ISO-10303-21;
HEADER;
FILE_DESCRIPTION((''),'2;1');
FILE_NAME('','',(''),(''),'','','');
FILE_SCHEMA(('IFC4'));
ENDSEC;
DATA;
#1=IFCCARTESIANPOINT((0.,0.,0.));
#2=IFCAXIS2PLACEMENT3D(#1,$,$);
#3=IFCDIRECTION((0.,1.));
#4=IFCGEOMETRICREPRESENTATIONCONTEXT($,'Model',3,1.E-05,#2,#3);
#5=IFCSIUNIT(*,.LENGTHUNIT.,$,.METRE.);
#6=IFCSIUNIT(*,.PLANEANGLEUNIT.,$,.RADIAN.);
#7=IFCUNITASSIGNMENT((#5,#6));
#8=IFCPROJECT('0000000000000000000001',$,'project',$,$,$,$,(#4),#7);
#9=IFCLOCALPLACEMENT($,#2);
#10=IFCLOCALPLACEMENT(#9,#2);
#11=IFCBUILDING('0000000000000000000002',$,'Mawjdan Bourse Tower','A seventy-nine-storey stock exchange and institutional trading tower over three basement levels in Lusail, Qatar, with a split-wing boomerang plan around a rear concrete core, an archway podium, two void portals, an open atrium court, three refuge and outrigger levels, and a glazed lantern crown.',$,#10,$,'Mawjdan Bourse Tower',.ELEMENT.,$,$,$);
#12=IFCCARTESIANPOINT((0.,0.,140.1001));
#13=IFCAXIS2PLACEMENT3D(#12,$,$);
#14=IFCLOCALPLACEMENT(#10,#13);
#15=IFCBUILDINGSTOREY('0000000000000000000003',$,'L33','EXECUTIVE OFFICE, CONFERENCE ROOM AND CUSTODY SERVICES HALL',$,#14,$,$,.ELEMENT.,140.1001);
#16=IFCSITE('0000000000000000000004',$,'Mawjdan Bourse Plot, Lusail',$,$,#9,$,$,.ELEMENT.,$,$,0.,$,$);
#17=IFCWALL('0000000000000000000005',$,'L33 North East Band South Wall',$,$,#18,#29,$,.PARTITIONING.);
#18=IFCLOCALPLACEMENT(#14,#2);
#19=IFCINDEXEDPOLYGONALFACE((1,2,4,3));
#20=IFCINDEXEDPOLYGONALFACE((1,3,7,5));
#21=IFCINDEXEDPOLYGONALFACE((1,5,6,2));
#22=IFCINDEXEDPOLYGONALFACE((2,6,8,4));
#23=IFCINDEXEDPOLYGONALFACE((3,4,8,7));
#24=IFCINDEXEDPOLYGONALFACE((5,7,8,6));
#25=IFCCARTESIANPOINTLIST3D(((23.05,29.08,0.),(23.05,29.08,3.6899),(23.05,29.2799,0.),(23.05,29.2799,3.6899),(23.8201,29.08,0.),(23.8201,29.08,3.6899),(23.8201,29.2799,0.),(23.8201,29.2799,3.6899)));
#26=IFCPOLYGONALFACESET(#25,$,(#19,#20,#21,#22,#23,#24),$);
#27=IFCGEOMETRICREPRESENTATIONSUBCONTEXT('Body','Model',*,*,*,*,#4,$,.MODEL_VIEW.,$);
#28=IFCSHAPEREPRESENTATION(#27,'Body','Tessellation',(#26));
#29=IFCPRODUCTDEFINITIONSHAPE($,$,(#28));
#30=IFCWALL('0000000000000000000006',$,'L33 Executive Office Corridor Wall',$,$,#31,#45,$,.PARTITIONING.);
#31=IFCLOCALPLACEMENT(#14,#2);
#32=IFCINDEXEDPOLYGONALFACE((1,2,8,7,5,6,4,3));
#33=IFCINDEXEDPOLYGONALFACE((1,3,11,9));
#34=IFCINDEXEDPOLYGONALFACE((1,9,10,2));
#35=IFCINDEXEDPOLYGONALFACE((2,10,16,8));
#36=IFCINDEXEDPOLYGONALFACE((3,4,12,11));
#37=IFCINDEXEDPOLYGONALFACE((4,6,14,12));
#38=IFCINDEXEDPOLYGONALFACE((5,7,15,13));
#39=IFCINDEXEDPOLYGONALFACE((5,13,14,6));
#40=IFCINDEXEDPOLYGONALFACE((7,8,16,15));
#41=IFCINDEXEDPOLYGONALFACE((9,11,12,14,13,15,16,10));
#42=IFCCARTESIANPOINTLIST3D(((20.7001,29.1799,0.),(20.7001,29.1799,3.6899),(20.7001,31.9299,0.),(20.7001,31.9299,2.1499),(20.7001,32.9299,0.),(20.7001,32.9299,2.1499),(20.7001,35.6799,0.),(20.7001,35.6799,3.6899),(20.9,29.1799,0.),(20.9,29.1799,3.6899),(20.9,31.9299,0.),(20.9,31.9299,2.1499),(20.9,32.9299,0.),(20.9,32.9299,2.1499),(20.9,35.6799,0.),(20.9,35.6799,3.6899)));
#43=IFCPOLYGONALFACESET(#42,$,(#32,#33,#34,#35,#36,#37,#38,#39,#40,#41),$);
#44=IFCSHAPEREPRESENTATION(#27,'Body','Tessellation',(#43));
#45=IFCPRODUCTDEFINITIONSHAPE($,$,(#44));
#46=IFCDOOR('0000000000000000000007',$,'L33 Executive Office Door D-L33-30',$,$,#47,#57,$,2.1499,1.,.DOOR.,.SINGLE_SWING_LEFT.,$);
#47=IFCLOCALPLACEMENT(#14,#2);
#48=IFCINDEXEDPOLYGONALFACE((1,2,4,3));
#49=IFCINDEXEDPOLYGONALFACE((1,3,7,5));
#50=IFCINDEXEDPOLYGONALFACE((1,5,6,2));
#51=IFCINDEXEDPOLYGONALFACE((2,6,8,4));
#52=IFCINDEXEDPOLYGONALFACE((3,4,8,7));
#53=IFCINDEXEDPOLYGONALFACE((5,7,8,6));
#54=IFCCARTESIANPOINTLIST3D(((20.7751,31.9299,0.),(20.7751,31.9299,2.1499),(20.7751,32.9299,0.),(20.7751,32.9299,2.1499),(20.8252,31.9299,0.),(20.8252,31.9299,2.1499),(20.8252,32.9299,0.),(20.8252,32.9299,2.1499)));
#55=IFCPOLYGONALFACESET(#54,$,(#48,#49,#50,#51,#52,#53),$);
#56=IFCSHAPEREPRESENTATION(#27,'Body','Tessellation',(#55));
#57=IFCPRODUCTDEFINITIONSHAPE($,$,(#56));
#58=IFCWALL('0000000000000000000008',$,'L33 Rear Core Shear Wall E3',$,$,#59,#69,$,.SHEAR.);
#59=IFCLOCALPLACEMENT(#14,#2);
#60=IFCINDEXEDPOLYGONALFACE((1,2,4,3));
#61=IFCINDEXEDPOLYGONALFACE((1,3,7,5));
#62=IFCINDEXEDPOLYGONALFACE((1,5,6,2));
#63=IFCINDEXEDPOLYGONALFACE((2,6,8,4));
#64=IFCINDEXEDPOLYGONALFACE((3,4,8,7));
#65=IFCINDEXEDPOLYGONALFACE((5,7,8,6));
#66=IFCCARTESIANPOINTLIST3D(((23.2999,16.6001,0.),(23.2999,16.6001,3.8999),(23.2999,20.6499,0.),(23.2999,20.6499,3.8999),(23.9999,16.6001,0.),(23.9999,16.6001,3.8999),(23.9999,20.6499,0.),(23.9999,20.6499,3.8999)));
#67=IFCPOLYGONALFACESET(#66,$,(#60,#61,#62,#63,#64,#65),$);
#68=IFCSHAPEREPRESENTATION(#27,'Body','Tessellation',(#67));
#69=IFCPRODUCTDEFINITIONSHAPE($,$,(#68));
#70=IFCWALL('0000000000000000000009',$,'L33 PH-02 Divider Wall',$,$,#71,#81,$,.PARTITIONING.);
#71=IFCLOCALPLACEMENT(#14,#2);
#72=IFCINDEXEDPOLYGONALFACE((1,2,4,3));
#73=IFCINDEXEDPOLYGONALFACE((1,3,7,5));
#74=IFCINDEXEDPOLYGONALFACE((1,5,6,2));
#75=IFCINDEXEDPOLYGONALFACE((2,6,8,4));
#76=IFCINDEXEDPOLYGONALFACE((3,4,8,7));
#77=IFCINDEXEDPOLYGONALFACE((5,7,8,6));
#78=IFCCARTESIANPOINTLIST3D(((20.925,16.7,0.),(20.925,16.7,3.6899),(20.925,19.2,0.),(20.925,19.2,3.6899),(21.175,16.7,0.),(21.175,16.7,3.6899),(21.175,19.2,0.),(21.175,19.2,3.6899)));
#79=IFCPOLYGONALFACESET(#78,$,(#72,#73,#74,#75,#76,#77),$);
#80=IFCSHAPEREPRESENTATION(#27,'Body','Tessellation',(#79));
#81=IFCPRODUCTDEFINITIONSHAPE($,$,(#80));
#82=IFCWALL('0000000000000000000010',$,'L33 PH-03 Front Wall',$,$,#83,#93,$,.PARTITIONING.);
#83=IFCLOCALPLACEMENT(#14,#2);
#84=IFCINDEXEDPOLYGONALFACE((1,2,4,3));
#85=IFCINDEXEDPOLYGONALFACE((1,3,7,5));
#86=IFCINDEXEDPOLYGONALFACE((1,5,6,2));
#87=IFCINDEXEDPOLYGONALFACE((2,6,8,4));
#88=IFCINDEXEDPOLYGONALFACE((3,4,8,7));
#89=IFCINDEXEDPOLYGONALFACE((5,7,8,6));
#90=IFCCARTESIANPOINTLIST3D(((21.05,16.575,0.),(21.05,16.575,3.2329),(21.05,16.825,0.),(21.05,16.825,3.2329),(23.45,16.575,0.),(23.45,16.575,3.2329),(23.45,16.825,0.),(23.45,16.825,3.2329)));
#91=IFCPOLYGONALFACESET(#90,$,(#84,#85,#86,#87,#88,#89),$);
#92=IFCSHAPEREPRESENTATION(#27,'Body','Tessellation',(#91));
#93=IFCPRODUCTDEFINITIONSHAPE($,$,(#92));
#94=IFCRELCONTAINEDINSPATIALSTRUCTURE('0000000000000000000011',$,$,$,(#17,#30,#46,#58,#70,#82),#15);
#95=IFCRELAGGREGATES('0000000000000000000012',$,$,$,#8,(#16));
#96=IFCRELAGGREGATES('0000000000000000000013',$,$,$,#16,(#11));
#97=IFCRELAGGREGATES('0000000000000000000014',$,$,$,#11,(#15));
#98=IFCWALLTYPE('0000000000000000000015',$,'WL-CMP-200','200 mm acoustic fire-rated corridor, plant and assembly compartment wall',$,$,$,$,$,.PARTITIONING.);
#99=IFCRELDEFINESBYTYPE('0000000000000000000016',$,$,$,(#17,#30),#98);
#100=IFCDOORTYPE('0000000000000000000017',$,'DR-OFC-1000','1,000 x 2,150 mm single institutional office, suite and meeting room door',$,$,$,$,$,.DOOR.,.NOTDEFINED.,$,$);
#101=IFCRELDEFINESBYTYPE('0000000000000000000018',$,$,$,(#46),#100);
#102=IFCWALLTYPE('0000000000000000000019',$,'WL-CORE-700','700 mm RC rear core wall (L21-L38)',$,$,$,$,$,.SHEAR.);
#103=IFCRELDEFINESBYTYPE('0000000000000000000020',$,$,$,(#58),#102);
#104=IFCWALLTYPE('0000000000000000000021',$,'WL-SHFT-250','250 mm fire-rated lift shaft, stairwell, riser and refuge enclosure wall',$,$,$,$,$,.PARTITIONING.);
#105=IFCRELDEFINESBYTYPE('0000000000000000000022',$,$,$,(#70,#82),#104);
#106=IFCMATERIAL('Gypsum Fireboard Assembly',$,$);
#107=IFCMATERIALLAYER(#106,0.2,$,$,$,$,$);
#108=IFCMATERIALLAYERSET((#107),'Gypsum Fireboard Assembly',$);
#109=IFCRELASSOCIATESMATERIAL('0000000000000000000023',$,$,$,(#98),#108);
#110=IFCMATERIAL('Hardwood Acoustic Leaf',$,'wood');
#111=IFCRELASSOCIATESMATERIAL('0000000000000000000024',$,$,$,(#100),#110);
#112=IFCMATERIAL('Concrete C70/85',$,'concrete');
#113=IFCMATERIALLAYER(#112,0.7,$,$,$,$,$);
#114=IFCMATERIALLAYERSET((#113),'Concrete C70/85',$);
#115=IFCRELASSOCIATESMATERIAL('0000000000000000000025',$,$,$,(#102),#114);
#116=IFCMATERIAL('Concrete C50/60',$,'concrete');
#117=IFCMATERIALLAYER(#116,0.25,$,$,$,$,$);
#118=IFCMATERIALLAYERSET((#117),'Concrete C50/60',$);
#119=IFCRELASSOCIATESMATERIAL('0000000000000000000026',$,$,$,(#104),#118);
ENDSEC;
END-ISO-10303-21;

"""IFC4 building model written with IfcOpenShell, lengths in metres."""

from ifc_helpers import new_model, si_unit, direction, frame, frame_2d, origin, place, context, subcontext, project, spatial, rectangle, extrude, material, layer, layer_set, type_object, element, fill, save


model = new_model("IFC4")

# Units and contexts
model_context = context("Model", 3, precision=1e-05, world=origin(), true_north=direction((0.0, 1.0)))
body_context = subcontext(model_context, "Body", "Model", "MODEL_VIEW")
ifc_project = project(units=[si_unit("LENGTHUNIT", "METRE"), si_unit("PLANEANGLEUNIT", "RADIAN")], contexts=[model_context])

# Site, building, storey
site_placement = place(None, origin())
site = spatial("IfcSite", under=ifc_project, at=site_placement, Name="Mawjdan Bourse Plot, Lusail", CompositionType="ELEMENT", RefElevation=0.0)
building_placement = place(site_placement, origin())
building = spatial("IfcBuilding", under=site, at=building_placement, Name="Mawjdan Bourse Tower", Description="A seventy-nine-storey stock exchange and institutional trading tower over three basement levels in Lusail, Qatar, with a split-wing boomerang plan around a rear concrete core, an archway podium, two void portals, an open atrium court, three refuge and outrigger levels, and a glazed lantern crown.", LongName="Mawjdan Bourse Tower", CompositionType="ELEMENT")
storey_placement = place(building_placement, frame((0.0, 0.0, 140.1001)))
storey = spatial("IfcBuildingStorey", under=building, at=storey_placement, Name="L33", Description="EXECUTIVE OFFICE, CONFERENCE ROOM AND CUSTODY SERVICES HALL", CompositionType="ELEMENT", Elevation=140.1001)

# Shared definitions
ifc_material_1 = material(Name="Concrete C70/85", Category="concrete")

# Shared definitions
ifc_material_2 = material(Name="Gypsum Fireboard Assembly")
ifc_layer_1 = layer(ifc_material_2, 0.2)
ifc_layer_set_1 = layer_set([ifc_layer_1], Name="Gypsum Fireboard Assembly")
wall_type_1 = type_object("IfcWallType", Name="WL-CMP-200", Description="200 mm acoustic fire-rated corridor, plant and assembly compartment wall", PredefinedType="PARTITIONING", material=ifc_layer_set_1)
ifc_material_3 = material(Name="Hardwood Acoustic Leaf", Category="wood")
door_type = type_object("IfcDoorType", Name="DR-OFC-1000", Description="1,000 x 2,150 mm single institutional office, suite and meeting room door", OperationType="NOTDEFINED", PredefinedType="DOOR", material=ifc_material_3)

# Wall
wall_1_placement = place(storey_placement, frame((23.05, 29.1799, 0.0), z_axis=(0.0, 0.0, 1.0), x_axis=(1.0, 0.0, 0.0)))
element("IfcWall", 1, at=wall_1_placement, inside=storey, type_object=wall_type_1, Name="L33 North East Band South Wall", PredefinedType="PARTITIONING", context=body_context, shape_type="SweptSolid", body=[
    extrude(rectangle(XDim=0.77, YDim=0.2, at=frame_2d((0.385, 0.0))), origin(), (0.0, 0.0, 1.0), 3.6899),
])

# Wall, opening, door
wall_2_placement = place(storey_placement, frame((20.8, 29.1799, 0.0), z_axis=(0.0, 0.0, 1.0), x_axis=(0.0, 1.0, 0.0)))
wall_2 = element("IfcWall", 2, at=wall_2_placement, inside=storey, type_object=wall_type_1, Name="L33 Executive Office Corridor Wall", PredefinedType="PARTITIONING", context=body_context, shape_type="SweptSolid", body=[
    extrude(rectangle(XDim=6.5, YDim=0.2, at=frame_2d((3.25, 0.0))), origin(), (0.0, 0.0, 1.0), 3.6899),
])
opening_1_placement = place(wall_2_placement, frame((2.75, 0.0, 0.0)))
opening_1 = element("IfcOpeningElement", 3, at=opening_1_placement, cuts=wall_2, PredefinedType="OPENING", context=body_context, shape_type="SweptSolid", body=[
    extrude(rectangle(XDim=1.0, YDim=2.1499, at=frame_2d((0.5, 1.075))), frame((0.0, 0.1099, 0.0), z_axis=(0.0, -1.0, 0.0), x_axis=(1.0, 0.0, 0.0)), (0.0, 0.0, 1.0), 0.22),
])
door_1_placement = place(opening_1_placement, origin())
door_1 = element("IfcDoor", 4, at=door_1_placement, inside=storey, type_object=door_type, Name="L33 Executive Office Door D-L33-30", OperationType="SINGLE_SWING_LEFT", OverallHeight=2.1499, OverallWidth=1.0, PredefinedType="DOOR", context=body_context, shape_type="SweptSolid", body=[
    extrude(rectangle(XDim=1.0, YDim=2.1499, at=frame_2d((0.5, 1.075))), frame((0.0, 0.0249, 0.0), z_axis=(0.0, -1.0, 0.0), x_axis=(1.0, 0.0, 0.0)), (0.0, 0.0, 1.0), 0.05),
])
fill(opening_1, door_1)

# Walls
ifc_layer_2 = layer(ifc_material_1, 0.7)
ifc_layer_set_2 = layer_set([ifc_layer_2], Name="Concrete C70/85")
wall_type_2 = type_object("IfcWallType", Name="WL-CORE-700", Description="700 mm RC rear core wall (L21-L38)", PredefinedType="SHEAR", material=ifc_layer_set_2)
wall_3_placement = place(storey_placement, frame((23.6499, 16.6001, 0.0), z_axis=(0.0, 0.0, 1.0), x_axis=(0.0, 1.0, 0.0)))
element("IfcWall", 5, at=wall_3_placement, inside=storey, type_object=wall_type_2, Name="L33 Rear Core Shear Wall E3", PredefinedType="SHEAR", context=body_context, shape_type="SweptSolid", body=[
    extrude(rectangle(XDim=4.0498, YDim=0.7, at=frame_2d((2.0249, 0.0))), origin(), (0.0, 0.0, 1.0), 3.8999),
])
ifc_material_4 = material(Name="Concrete C50/60", Category="concrete")
ifc_layer_3 = layer(ifc_material_4, 0.25)
ifc_layer_set_3 = layer_set([ifc_layer_3], Name="Concrete C50/60")
wall_type_3 = type_object("IfcWallType", Name="WL-SHFT-250", Description="250 mm fire-rated lift shaft, stairwell, riser and refuge enclosure wall", PredefinedType="PARTITIONING", material=ifc_layer_set_3)
wall_4_placement = place(storey_placement, frame((21.05, 16.7, 0.0), z_axis=(0.0, 0.0, 1.0), x_axis=(0.0, 1.0, 0.0)))
element("IfcWall", 6, at=wall_4_placement, inside=storey, type_object=wall_type_3, Name="L33 PH-02 Divider Wall", PredefinedType="PARTITIONING", context=body_context, shape_type="SweptSolid", body=[
    extrude(rectangle(XDim=2.5, YDim=0.25, at=frame_2d((1.25, 0.0))), origin(), (0.0, 0.0, 1.0), 3.6899),
])
wall_5_placement = place(storey_placement, frame((21.05, 16.7, 0.0), z_axis=(0.0, 0.0, 1.0), x_axis=(1.0, 0.0, 0.0)))
element("IfcWall", 7, at=wall_5_placement, inside=storey, type_object=wall_type_3, Name="L33 PH-03 Front Wall", PredefinedType="PARTITIONING", context=body_context, shape_type="SweptSolid", body=[
    extrude(rectangle(XDim=2.3999, YDim=0.25, at=frame_2d((1.2, 0.0))), origin(), (0.0, 0.0, 1.0), 3.2329),
])

save(model, "model.ifc")
